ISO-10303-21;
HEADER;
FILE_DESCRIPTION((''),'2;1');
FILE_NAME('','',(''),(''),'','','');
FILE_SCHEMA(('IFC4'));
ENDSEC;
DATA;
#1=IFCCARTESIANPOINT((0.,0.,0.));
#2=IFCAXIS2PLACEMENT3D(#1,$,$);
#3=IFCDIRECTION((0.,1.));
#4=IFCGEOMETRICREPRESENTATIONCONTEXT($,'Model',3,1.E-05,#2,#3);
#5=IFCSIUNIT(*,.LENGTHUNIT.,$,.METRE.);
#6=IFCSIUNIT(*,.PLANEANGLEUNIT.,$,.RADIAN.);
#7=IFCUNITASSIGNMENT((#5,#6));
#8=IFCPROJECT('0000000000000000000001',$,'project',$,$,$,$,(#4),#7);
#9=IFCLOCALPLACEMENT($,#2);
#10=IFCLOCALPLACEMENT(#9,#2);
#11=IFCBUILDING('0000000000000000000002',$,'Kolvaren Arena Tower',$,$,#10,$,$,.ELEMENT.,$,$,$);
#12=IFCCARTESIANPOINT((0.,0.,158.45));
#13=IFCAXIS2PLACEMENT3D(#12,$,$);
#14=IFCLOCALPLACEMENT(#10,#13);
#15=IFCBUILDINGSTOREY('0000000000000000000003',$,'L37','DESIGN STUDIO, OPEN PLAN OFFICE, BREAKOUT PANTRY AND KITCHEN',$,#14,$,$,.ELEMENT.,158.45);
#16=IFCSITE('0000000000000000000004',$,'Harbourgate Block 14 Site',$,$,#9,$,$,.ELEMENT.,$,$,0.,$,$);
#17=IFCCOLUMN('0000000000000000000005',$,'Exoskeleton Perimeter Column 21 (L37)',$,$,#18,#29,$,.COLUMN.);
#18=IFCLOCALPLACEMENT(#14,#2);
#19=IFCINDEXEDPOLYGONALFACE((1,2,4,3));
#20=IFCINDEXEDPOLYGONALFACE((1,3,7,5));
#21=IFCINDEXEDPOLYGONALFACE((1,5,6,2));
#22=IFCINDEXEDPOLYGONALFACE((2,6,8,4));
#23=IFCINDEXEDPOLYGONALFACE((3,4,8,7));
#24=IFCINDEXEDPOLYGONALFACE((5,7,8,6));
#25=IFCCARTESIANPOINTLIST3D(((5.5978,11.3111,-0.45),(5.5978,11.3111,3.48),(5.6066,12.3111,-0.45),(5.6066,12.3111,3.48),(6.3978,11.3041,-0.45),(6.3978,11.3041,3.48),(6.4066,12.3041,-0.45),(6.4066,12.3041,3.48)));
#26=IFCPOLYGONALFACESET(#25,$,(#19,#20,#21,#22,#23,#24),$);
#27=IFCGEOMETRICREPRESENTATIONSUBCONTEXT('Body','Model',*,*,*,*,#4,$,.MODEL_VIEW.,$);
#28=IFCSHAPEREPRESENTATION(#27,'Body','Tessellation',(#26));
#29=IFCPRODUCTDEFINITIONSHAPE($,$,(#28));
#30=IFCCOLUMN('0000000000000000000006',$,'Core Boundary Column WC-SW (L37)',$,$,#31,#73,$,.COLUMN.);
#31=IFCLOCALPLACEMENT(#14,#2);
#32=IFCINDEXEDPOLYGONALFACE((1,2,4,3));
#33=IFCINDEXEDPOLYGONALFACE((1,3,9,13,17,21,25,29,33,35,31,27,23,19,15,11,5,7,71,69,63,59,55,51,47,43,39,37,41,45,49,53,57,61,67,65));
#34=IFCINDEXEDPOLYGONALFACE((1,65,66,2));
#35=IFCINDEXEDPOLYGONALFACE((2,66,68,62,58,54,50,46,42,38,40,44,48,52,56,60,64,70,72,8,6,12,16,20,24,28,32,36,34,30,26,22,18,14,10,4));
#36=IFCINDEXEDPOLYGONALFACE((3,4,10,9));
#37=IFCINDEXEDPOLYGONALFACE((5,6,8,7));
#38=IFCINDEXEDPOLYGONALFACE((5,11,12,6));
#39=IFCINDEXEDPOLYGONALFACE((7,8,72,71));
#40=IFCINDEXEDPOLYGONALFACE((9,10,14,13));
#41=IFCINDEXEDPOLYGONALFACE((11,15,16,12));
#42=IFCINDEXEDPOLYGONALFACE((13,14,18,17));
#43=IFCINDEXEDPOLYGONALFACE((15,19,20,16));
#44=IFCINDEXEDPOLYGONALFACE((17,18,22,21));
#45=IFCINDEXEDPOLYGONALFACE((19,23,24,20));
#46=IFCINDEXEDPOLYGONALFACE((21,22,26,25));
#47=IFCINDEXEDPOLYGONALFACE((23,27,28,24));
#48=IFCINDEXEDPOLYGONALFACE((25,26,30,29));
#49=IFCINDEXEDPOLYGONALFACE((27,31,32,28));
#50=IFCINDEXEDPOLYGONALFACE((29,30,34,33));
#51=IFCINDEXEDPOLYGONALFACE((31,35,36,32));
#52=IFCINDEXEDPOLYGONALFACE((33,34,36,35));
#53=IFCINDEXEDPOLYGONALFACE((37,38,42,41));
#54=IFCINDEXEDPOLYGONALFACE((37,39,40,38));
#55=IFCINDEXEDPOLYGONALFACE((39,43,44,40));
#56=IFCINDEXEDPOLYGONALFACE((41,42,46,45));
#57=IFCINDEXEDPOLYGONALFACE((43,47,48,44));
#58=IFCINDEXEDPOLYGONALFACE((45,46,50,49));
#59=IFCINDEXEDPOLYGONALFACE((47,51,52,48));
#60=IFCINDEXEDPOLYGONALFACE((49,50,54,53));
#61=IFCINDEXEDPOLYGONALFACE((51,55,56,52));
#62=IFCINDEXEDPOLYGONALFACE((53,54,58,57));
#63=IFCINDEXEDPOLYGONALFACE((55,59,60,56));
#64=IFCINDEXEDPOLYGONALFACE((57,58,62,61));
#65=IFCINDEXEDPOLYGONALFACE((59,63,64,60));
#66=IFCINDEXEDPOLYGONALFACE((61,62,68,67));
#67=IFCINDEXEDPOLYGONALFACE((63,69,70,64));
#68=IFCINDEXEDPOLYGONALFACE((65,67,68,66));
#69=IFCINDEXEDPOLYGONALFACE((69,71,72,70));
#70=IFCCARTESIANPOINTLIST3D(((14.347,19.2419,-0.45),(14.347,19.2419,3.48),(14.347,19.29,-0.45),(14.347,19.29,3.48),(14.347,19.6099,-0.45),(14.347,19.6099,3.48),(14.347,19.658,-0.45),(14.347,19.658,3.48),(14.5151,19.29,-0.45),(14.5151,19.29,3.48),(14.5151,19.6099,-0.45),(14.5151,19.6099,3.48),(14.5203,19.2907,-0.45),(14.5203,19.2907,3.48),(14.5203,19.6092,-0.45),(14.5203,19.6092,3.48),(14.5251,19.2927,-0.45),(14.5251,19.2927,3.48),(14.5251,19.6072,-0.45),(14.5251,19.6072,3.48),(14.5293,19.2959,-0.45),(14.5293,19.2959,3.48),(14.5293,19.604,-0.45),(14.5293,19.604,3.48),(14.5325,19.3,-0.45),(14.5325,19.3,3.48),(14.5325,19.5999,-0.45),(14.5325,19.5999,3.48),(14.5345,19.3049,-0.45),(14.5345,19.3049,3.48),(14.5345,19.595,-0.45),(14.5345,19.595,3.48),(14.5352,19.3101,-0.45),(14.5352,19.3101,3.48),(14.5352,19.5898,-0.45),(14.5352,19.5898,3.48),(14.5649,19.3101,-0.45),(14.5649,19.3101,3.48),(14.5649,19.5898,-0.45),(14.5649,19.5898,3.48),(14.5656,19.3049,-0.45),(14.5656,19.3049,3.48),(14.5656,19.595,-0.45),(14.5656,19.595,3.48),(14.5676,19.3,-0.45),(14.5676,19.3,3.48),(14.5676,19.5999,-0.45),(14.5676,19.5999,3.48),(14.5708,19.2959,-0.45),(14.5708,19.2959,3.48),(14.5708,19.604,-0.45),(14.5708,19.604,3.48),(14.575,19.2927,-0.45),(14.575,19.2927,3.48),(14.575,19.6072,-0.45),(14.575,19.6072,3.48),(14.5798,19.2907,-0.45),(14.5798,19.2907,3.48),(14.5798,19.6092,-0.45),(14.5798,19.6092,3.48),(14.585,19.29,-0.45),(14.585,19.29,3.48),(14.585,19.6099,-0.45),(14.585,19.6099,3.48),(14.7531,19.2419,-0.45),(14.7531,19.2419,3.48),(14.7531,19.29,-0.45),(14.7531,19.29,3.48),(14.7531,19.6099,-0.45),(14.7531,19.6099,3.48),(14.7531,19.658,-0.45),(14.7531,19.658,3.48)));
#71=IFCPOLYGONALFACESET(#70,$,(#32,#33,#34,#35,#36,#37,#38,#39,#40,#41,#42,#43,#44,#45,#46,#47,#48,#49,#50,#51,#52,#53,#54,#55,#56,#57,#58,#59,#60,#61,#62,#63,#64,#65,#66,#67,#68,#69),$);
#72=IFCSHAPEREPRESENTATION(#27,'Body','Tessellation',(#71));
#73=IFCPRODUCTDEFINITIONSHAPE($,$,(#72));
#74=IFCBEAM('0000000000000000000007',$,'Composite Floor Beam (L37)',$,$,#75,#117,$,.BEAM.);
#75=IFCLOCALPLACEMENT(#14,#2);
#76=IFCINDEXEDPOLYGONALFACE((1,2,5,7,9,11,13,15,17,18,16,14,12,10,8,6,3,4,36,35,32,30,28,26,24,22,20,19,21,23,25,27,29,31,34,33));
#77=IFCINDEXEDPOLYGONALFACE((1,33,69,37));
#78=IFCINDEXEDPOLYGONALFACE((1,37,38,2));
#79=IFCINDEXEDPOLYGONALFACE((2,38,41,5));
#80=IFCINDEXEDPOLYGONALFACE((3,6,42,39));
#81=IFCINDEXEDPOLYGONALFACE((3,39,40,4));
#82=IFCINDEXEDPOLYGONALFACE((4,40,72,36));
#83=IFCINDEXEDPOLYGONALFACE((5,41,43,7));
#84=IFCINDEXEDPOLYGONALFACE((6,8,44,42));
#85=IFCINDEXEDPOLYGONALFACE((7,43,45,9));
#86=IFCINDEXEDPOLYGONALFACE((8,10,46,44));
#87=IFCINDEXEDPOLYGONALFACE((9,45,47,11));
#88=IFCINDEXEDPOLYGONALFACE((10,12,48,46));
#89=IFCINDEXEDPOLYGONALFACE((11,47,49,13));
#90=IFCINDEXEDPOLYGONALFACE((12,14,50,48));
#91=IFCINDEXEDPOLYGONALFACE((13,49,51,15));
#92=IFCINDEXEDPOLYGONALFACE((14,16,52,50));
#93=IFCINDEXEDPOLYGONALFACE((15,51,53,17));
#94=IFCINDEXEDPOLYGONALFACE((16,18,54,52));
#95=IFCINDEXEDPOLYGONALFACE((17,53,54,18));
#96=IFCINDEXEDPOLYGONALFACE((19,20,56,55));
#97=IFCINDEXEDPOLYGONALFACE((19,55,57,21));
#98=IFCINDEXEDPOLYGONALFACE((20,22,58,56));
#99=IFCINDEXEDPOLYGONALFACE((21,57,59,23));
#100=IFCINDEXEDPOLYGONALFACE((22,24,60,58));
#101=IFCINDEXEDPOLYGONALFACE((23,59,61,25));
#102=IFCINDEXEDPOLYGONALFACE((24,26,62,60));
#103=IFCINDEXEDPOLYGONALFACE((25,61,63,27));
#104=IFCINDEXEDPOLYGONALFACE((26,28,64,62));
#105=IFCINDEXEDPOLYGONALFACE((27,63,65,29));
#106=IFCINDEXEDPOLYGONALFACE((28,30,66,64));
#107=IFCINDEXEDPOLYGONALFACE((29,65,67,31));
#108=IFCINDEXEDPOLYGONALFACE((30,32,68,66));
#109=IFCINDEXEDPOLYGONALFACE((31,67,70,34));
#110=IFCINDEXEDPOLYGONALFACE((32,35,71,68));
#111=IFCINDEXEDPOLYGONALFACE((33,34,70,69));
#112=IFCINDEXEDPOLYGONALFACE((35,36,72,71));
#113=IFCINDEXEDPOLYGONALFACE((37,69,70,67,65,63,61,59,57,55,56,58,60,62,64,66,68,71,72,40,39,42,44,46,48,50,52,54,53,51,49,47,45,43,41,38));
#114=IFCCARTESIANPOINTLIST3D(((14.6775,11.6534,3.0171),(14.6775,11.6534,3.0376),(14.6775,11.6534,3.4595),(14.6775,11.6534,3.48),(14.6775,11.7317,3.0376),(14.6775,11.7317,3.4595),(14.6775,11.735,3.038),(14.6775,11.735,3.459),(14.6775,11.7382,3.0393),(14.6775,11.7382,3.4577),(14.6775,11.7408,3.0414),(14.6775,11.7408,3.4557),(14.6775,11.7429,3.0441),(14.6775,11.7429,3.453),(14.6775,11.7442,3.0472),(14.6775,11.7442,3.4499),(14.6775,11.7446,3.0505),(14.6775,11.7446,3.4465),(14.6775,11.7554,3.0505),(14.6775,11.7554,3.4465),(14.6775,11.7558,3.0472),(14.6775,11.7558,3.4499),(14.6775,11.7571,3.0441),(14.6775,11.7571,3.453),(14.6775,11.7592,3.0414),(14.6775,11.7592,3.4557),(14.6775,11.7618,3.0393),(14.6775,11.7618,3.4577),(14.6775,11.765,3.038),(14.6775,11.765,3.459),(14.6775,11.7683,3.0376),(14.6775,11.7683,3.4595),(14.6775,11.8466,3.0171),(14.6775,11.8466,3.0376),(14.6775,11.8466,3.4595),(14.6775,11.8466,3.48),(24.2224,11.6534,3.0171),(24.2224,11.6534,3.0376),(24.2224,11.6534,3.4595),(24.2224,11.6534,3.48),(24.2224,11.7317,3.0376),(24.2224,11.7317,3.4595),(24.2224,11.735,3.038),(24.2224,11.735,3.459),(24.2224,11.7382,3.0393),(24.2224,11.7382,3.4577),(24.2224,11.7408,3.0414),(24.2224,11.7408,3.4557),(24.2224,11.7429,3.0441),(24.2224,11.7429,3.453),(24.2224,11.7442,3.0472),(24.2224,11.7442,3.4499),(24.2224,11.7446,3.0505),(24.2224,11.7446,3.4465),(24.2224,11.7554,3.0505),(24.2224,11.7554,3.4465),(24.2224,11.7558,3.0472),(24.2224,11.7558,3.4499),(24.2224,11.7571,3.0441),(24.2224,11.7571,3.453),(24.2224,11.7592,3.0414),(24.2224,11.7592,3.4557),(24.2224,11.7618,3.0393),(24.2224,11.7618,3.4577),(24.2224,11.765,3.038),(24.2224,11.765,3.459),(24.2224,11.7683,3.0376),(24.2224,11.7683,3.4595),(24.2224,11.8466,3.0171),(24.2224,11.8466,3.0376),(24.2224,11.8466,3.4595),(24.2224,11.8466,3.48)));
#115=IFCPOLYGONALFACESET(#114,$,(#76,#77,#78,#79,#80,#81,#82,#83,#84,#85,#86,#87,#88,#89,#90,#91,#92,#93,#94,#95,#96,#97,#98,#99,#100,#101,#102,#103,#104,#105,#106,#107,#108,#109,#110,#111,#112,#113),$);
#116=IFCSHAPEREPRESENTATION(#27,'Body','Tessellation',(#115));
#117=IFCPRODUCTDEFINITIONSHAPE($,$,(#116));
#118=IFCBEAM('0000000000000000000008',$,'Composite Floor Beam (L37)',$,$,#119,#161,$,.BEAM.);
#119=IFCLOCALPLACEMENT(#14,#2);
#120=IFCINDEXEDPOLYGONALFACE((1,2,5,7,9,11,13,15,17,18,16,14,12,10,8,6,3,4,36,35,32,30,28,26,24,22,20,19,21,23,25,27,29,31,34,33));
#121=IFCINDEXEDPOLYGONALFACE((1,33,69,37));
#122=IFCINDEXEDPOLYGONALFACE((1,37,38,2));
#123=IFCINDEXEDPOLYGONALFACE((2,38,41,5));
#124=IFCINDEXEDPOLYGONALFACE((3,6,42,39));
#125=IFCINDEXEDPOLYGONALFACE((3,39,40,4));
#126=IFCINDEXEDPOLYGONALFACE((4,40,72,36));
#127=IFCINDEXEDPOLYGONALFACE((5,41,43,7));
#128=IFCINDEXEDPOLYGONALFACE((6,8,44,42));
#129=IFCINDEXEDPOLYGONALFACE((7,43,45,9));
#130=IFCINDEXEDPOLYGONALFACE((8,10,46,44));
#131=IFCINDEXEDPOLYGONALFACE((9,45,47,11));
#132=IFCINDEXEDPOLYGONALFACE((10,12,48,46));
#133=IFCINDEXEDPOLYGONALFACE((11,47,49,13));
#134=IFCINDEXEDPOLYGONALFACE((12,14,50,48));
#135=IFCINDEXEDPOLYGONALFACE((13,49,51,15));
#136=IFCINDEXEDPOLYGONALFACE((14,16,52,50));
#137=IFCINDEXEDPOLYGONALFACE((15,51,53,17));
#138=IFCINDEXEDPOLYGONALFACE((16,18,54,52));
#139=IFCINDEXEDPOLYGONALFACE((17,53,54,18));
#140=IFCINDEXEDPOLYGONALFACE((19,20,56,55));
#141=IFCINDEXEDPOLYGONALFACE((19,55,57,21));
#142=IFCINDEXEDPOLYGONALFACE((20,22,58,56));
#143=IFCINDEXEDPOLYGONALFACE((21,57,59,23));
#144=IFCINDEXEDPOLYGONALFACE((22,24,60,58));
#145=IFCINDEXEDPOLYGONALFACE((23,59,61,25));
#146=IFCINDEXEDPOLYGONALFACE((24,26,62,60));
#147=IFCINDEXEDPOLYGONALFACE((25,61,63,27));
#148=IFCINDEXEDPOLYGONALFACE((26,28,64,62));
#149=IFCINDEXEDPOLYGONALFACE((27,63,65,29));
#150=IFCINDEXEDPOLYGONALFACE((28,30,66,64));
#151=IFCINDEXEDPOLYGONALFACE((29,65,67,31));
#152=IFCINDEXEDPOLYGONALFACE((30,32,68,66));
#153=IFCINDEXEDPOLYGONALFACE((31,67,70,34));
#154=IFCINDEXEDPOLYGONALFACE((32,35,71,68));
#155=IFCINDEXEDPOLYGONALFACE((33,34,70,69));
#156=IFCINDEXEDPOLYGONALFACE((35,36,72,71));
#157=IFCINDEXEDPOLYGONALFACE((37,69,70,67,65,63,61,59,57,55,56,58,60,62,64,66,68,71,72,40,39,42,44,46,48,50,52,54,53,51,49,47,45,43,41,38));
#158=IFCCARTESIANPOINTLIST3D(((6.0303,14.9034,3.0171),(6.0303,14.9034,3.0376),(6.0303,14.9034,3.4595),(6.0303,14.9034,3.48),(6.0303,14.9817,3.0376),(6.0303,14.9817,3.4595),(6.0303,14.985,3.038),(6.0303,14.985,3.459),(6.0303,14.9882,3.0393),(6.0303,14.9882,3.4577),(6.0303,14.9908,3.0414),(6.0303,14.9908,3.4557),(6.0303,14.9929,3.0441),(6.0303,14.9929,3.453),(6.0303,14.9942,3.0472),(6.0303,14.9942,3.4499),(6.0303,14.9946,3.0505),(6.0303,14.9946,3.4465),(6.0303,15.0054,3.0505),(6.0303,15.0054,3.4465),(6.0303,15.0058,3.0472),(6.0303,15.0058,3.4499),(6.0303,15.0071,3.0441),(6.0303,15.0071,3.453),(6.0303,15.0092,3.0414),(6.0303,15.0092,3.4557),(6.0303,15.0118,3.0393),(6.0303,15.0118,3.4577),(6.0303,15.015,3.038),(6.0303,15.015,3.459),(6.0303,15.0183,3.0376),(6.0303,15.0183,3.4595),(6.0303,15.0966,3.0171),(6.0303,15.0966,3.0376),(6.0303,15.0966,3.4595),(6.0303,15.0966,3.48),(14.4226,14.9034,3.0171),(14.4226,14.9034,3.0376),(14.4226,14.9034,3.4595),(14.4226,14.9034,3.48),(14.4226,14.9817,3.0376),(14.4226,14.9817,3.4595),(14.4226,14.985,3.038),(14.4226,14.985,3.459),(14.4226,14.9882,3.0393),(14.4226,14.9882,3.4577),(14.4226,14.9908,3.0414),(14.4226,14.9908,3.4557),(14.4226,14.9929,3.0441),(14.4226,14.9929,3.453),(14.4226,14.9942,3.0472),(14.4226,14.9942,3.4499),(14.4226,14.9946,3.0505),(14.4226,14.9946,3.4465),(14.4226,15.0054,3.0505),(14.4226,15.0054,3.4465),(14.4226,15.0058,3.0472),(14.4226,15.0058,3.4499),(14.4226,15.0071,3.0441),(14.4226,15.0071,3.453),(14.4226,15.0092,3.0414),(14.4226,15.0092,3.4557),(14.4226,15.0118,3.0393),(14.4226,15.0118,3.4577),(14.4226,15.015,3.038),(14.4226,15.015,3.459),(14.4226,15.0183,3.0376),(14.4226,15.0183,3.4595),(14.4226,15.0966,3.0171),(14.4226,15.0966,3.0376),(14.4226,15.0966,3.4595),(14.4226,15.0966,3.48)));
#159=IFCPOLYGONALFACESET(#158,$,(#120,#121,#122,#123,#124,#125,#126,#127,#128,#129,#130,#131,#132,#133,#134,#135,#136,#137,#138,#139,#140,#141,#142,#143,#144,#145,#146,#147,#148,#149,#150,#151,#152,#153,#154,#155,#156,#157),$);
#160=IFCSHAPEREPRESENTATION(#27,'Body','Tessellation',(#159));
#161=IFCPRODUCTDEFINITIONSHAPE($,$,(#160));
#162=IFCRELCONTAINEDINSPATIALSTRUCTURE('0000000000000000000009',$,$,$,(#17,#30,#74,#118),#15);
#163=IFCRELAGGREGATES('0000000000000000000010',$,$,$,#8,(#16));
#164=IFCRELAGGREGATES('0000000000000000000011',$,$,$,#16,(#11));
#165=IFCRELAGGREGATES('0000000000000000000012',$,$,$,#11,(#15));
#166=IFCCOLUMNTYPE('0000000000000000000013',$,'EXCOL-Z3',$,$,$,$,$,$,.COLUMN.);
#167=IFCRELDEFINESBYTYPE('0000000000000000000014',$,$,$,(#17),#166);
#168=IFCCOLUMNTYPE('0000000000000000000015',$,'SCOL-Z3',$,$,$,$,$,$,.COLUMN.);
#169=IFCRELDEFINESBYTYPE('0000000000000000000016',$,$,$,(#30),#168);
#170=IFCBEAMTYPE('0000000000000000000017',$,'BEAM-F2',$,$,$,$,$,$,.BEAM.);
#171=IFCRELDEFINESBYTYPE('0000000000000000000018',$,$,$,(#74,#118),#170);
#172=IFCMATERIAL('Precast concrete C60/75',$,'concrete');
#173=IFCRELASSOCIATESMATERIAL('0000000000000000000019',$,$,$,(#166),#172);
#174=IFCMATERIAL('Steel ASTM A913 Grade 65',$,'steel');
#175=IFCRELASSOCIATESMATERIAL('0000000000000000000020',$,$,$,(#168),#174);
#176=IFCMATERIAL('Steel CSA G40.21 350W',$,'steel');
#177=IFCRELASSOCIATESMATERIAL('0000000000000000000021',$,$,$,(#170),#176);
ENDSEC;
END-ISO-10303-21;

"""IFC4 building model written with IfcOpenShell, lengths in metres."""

from ifc_helpers import new_model, si_unit, direction, frame, origin, origin_2d, place, context, subcontext, project, spatial, rectangle, i_section, extrude, material, material_profile, profile_set, type_object, element, save


model = new_model("IFC4")

# Units and contexts
model_context = context("Model", 3, precision=1e-05, world=origin(), true_north=direction((0.0, 1.0)))
body_context = subcontext(model_context, "Body", "Model", "MODEL_VIEW")
ifc_project = project(units=[si_unit("LENGTHUNIT", "METRE"), si_unit("PLANEANGLEUNIT", "RADIAN")], contexts=[model_context])

# Site, building, storey
site_placement = place(None, origin())
site = spatial("IfcSite", under=ifc_project, at=site_placement, Name="Harbourgate Block 14 Site", CompositionType="ELEMENT", RefElevation=0.0)
building_placement = place(site_placement, origin())
building = spatial("IfcBuilding", under=site, at=building_placement, Name="Kolvaren Arena Tower", CompositionType="ELEMENT")
storey_placement = place(building_placement, frame((0.0, 0.0, 158.45)))
storey = spatial("IfcBuildingStorey", under=building, at=storey_placement, Name="L37", Description="DESIGN STUDIO, OPEN PLAN OFFICE, BREAKOUT PANTRY AND KITCHEN", CompositionType="ELEMENT", Elevation=158.45)

# Columns
ifc_material_1 = material(Name="Precast concrete C60/75", Category="concrete")
ifc_material_profile_1 = material_profile(ifc_material_1, rectangle(XDim=1.0, YDim=0.8, at=origin_2d()), Name="RC-1000x800")
ifc_profile_set_1 = profile_set([ifc_material_profile_1], Name="Precast concrete C60/75")
column_type_1 = type_object("IfcColumnType", Name="EXCOL-Z3", PredefinedType="COLUMN", material=ifc_profile_set_1)
column_1_placement = place(storey_placement, frame((6.0022, 11.8076, -0.45), z_axis=(0.0, 0.0, 1.0), x_axis=(0.008727, 0.999962, 0.0)))
element("IfcColumn", 1, at=column_1_placement, inside=storey, type_object=column_type_1, Name="Exoskeleton Perimeter Column 21 (L37)", PredefinedType="COLUMN", context=body_context, shape_type="SweptSolid", body=[
    extrude(rectangle(XDim=1.0, YDim=0.8, at=origin_2d()), origin(), (0.0, 0.0, 1.0), 3.9299),
])
ifc_material_2 = material(Name="Steel ASTM A913 Grade 65", Category="steel")
ifc_material_profile_2 = material_profile(ifc_material_2, i_section(OverallWidth=0.406, OverallDepth=0.416, WebThickness=0.0298, FlangeThickness=0.0481, FilletRadius=0.02, at=origin_2d()), Name="W360x382")
ifc_profile_set_2 = profile_set([ifc_material_profile_2], Name="Steel ASTM A913 Grade 65")
column_type_2 = type_object("IfcColumnType", Name="SCOL-Z3", PredefinedType="COLUMN", material=ifc_profile_set_2)
column_2_placement = place(storey_placement, frame((14.55, 19.45, -0.45), z_axis=(0.0, 0.0, 1.0), x_axis=(1.0, 0.0, 0.0)))
element("IfcColumn", 2, at=column_2_placement, inside=storey, type_object=column_type_2, Name="Core Boundary Column WC-SW (L37)", PredefinedType="COLUMN", context=body_context, shape_type="SweptSolid", body=[
    extrude(i_section(OverallWidth=0.406, OverallDepth=0.416, WebThickness=0.0298, FlangeThickness=0.0481, FilletRadius=0.02, at=origin_2d()), origin(), (0.0, 0.0, 1.0), 3.9299),
])

# Beams
ifc_material_3 = material(Name="Steel CSA G40.21 350W", Category="steel")
ifc_material_profile_3 = material_profile(ifc_material_3, i_section(OverallWidth=0.1931, OverallDepth=0.4629, WebThickness=0.0107, FlangeThickness=0.0205, FilletRadius=0.0129, at=origin_2d()), Name="W460x113")
ifc_profile_set_3 = profile_set([ifc_material_profile_3], Name="Steel CSA G40.21 350W")
beam_type_1 = type_object("IfcBeamType", Name="BEAM-F2", PredefinedType="BEAM", material=ifc_profile_set_3)
beam_1_placement = place(storey_placement, frame((14.6775, 11.75, 3.2485), z_axis=(1.0, 0.0, 0.0), x_axis=(0.0, 1.0, 0.0)))
element("IfcBeam", 3, at=beam_1_placement, inside=storey, type_object=beam_type_1, Name="Composite Floor Beam (L37)", PredefinedType="BEAM", context=body_context, shape_type="SweptSolid", body=[
    extrude(i_section(OverallWidth=0.1931, OverallDepth=0.4629, WebThickness=0.0107, FlangeThickness=0.0205, FilletRadius=0.0129, at=origin_2d()), origin(), (0.0, 0.0, 1.0), 9.5449),
])
beam_2_placement = place(storey_placement, frame((6.0303, 15.0, 3.2485), z_axis=(1.0, 0.0, 0.0), x_axis=(0.0, 1.0, 0.0)))
element("IfcBeam", 4, at=beam_2_placement, inside=storey, type_object=beam_type_1, Name="Composite Floor Beam (L37)", PredefinedType="BEAM", context=body_context, shape_type="SweptSolid", body=[
    extrude(i_section(OverallWidth=0.1931, OverallDepth=0.4629, WebThickness=0.0107, FlangeThickness=0.0205, FilletRadius=0.0129, at=origin_2d()), origin(), (0.0, 0.0, 1.0), 8.3923),
])

save(model, "model.ifc")
